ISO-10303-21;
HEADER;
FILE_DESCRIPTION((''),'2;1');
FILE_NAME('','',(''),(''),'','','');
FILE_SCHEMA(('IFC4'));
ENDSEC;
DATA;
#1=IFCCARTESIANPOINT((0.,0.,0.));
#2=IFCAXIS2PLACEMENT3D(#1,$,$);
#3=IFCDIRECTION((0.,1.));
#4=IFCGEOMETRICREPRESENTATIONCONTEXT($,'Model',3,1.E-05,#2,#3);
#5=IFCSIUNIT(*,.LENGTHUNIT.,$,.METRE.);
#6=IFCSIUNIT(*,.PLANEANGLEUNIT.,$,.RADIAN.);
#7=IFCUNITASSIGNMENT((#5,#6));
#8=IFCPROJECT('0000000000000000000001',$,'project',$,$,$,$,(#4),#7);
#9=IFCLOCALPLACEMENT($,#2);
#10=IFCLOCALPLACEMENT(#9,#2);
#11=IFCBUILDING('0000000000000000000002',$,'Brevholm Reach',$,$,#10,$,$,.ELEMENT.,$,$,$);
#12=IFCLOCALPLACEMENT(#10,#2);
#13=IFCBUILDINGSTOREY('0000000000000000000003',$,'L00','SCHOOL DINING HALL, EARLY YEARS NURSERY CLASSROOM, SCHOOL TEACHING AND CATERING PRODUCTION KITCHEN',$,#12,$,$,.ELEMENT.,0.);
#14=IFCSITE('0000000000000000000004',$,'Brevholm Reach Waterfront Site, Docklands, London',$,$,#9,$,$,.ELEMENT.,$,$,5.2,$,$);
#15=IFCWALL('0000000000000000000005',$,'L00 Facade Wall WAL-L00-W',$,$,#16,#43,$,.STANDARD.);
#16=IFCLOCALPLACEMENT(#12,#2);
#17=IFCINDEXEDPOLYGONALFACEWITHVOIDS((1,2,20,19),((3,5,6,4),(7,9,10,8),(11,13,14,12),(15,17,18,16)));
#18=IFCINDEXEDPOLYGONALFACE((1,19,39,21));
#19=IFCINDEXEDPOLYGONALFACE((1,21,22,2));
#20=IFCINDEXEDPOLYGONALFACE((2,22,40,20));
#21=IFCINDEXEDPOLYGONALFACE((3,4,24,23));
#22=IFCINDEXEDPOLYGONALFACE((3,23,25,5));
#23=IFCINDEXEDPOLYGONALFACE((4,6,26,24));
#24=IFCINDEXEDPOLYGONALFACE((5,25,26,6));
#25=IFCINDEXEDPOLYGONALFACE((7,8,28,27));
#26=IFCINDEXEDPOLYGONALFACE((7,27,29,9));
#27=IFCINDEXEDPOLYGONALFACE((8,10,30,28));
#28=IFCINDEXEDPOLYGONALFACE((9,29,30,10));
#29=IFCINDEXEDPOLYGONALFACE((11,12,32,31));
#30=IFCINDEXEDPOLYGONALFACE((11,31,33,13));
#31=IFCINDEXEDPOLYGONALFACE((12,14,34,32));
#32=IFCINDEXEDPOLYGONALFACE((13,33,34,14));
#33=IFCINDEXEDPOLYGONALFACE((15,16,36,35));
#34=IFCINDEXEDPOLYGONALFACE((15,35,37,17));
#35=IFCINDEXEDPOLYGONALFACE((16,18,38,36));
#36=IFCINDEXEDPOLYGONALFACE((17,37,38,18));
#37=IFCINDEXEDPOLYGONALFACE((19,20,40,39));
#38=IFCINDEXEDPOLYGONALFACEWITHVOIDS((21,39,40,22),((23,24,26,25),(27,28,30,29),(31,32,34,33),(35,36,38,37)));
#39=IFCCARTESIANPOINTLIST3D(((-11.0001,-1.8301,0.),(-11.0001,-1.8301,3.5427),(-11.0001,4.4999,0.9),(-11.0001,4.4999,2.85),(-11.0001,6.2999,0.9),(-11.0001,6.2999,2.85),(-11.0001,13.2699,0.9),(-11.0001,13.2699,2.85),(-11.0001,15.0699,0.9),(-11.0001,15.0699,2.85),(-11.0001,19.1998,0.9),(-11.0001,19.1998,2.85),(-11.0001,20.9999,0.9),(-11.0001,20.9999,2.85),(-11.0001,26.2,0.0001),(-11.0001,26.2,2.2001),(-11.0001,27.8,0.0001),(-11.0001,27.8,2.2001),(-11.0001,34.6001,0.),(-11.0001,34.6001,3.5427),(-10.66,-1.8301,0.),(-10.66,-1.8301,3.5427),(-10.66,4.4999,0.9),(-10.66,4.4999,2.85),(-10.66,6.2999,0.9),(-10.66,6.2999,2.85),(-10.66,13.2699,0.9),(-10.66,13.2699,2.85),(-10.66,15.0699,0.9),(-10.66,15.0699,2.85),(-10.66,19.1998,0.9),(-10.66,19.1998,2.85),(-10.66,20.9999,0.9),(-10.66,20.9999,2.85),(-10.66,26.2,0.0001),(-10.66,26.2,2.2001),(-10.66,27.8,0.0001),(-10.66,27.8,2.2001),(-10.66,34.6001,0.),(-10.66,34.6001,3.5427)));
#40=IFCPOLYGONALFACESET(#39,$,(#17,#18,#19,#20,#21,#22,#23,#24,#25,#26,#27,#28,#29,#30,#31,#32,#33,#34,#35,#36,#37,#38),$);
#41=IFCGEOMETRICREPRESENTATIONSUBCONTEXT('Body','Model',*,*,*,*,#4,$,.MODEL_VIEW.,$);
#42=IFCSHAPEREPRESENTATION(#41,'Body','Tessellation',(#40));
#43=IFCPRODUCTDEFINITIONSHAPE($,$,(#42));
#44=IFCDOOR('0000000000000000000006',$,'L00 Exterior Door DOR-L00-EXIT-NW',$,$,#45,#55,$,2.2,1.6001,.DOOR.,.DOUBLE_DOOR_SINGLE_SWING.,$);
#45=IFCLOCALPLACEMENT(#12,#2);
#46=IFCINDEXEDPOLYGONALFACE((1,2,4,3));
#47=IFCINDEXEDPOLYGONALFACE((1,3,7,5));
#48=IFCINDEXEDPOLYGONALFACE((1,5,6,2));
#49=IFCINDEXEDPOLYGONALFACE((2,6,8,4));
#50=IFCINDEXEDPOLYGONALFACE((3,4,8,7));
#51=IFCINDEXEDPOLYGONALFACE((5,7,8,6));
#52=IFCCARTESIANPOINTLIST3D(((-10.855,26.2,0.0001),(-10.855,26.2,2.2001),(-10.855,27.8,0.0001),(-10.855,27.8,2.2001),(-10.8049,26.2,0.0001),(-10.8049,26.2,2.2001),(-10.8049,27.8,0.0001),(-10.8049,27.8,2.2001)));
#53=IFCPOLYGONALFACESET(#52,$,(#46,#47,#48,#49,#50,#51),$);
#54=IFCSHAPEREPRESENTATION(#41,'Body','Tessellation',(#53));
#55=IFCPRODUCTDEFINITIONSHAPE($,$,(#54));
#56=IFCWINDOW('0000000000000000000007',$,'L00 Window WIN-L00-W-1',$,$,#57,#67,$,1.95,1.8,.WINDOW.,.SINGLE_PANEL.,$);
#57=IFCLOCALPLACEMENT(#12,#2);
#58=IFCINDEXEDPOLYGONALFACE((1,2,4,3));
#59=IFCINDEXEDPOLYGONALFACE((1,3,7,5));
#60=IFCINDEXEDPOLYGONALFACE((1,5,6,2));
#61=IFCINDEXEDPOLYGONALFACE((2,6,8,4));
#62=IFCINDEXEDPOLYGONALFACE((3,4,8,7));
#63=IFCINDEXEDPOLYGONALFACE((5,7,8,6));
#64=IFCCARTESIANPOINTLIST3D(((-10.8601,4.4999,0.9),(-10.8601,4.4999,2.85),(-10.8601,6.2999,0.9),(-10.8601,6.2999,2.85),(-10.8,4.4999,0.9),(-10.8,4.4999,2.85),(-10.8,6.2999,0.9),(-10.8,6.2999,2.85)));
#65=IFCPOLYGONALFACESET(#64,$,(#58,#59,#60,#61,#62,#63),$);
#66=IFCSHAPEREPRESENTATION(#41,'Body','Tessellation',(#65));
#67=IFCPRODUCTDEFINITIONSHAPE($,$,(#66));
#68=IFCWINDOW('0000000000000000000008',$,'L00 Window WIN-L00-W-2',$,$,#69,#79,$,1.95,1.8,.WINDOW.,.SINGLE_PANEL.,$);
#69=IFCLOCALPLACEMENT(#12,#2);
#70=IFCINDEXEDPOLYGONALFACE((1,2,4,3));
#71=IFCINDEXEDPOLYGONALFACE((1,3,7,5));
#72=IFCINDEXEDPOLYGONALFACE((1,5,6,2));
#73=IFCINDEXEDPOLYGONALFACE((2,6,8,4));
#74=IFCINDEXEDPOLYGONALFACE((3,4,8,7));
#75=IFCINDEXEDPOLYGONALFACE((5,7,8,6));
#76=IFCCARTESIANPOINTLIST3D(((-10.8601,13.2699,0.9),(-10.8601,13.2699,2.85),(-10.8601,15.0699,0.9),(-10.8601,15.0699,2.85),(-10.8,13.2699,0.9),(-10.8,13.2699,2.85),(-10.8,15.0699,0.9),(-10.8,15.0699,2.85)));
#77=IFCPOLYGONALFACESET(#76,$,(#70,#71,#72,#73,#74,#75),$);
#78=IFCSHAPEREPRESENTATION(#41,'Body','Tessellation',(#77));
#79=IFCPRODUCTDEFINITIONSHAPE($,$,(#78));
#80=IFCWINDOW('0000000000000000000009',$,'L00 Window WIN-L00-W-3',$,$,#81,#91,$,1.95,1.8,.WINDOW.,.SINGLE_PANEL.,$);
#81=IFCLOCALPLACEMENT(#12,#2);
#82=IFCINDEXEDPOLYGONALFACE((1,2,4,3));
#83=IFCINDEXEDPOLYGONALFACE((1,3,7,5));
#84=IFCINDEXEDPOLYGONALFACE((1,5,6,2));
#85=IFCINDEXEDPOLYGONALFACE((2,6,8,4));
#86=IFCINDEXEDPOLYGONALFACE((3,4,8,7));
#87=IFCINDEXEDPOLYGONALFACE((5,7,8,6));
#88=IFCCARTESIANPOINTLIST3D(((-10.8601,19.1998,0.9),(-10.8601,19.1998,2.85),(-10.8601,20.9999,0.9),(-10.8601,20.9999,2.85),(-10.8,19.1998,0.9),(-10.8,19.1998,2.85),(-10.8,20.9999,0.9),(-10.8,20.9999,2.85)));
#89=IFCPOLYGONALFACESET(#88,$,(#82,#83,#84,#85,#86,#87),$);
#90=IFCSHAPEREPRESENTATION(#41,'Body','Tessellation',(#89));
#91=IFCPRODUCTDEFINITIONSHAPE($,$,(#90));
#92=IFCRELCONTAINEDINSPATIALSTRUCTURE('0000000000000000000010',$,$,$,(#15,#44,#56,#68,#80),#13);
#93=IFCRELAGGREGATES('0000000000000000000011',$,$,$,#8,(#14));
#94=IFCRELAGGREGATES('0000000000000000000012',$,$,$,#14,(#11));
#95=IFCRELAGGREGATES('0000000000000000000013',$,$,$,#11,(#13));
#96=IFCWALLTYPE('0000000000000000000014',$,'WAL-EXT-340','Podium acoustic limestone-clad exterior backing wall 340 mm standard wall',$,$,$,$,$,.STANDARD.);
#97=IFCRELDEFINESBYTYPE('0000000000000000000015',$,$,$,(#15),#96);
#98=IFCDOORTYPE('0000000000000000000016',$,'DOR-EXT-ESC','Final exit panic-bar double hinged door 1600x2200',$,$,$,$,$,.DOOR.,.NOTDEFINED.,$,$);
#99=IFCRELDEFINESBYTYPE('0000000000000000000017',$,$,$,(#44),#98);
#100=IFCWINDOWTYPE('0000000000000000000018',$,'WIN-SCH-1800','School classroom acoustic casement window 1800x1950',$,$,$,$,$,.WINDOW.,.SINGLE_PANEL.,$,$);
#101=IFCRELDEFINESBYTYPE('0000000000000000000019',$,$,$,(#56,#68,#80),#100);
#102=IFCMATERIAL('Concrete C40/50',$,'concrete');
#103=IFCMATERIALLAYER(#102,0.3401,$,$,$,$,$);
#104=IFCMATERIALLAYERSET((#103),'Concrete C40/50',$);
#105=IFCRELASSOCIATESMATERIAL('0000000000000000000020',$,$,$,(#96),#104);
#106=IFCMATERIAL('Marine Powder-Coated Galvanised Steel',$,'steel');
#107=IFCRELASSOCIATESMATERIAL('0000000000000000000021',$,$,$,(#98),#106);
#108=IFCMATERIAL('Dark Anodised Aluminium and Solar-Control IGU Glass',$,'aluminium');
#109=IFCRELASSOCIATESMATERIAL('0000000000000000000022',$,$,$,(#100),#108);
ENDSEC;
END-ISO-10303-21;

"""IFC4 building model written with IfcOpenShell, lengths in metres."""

from ifc_helpers import new_model, si_unit, direction, frame, frame_2d, origin, place, context, subcontext, project, spatial, rectangle, extrude, material, layer, layer_set, type_object, element, fill, save


model = new_model("IFC4")

# Units and contexts
model_context = context("Model", 3, precision=1e-05, world=origin(), true_north=direction((0.0, 1.0)))
body_context = subcontext(model_context, "Body", "Model", "MODEL_VIEW")
ifc_project = project(units=[si_unit("LENGTHUNIT", "METRE"), si_unit("PLANEANGLEUNIT", "RADIAN")], contexts=[model_context])

# Site, building, storey
site_placement = place(None, origin())
site = spatial("IfcSite", under=ifc_project, at=site_placement, Name="Brevholm Reach Waterfront Site, Docklands, London", CompositionType="ELEMENT", RefElevation=5.2)
building_placement = place(site_placement, origin())
building = spatial("IfcBuilding", under=site, at=building_placement, Name="Brevholm Reach", CompositionType="ELEMENT")
storey_placement = place(building_placement, origin())
storey = spatial("IfcBuildingStorey", under=building, at=storey_placement, Name="L00", Description="SCHOOL DINING HALL, EARLY YEARS NURSERY CLASSROOM, SCHOOL TEACHING AND CATERING PRODUCTION KITCHEN", CompositionType="ELEMENT", Elevation=0.0)

# Wall, openings, door, windows
ifc_material_1 = material(Name="Concrete C40/50", Category="concrete")
ifc_layer_1 = layer(ifc_material_1, 0.3401)
ifc_layer_set_1 = layer_set([ifc_layer_1], Name="Concrete C40/50")
wall_type_1 = type_object("IfcWallType", Name="WAL-EXT-340", Description="Podium acoustic limestone-clad exterior backing wall 340 mm standard wall", PredefinedType="STANDARD", material=ifc_layer_set_1)
wall_1_placement = place(storey_placement, frame((-10.8301, -1.8301, 0.0), z_axis=(0.0, 0.0, 1.0), x_axis=(0.0, 1.0, 0.0)))
wall_1 = element("IfcWall", 1, at=wall_1_placement, inside=storey, type_object=wall_type_1, Name="L00 Facade Wall WAL-L00-W", PredefinedType="STANDARD", context=body_context, shape_type="SweptSolid", body=[
    extrude(rectangle(XDim=36.4302, YDim=0.3401, at=frame_2d((18.2151, 0.0))), origin(), (0.0, 0.0, 1.0), 3.5427),
])
opening_1_placement = place(wall_1_placement, frame((28.03, 0.0, 0.0)))
opening_1 = element("IfcOpeningElement", 2, at=opening_1_placement, cuts=wall_1, PredefinedType="OPENING", context=body_context, shape_type="SweptSolid", body=[
    extrude(rectangle(XDim=1.6001, YDim=2.2, at=frame_2d((0.8, 1.1001))), frame((0.0, 0.1799, 0.0), z_axis=(0.0, -1.0, 0.0), x_axis=(1.0, 0.0, 0.0)), (0.0, 0.0, 1.0), 0.3601),
])
opening_2_placement = place(wall_1_placement, frame((6.3301, 0.0, 0.8999)))
opening_2 = element("IfcOpeningElement", 3, at=opening_2_placement, cuts=wall_1, PredefinedType="OPENING", context=body_context, shape_type="SweptSolid", body=[
    extrude(rectangle(XDim=1.8, YDim=1.95, at=frame_2d((0.8999, 0.9751))), frame((0.0, 0.1799, 0.0), z_axis=(0.0, -1.0, 0.0), x_axis=(1.0, 0.0, 0.0)), (0.0, 0.0, 1.0), 0.3601),
])
opening_3_placement = place(wall_1_placement, frame((15.1001, 0.0, 0.8999)))
opening_3 = element("IfcOpeningElement", 4, at=opening_3_placement, cuts=wall_1, PredefinedType="OPENING", context=body_context, shape_type="SweptSolid", body=[
    extrude(rectangle(XDim=1.8, YDim=1.95, at=frame_2d((0.8999, 0.9751))), frame((0.0, 0.1799, 0.0), z_axis=(0.0, -1.0, 0.0), x_axis=(1.0, 0.0, 0.0)), (0.0, 0.0, 1.0), 0.3601),
])
opening_4_placement = place(wall_1_placement, frame((21.03, 0.0, 0.8999)))
opening_4 = element("IfcOpeningElement", 5, at=opening_4_placement, cuts=wall_1, PredefinedType="OPENING", context=body_context, shape_type="SweptSolid", body=[
    extrude(rectangle(XDim=1.8, YDim=1.95, at=frame_2d((0.8999, 0.9751))), frame((0.0, 0.1799, 0.0), z_axis=(0.0, -1.0, 0.0), x_axis=(1.0, 0.0, 0.0)), (0.0, 0.0, 1.0), 0.3601),
])
ifc_material_2 = material(Name="Marine Powder-Coated Galvanised Steel", Category="steel")
door_type = type_object("IfcDoorType", Name="DOR-EXT-ESC", Description="Final exit panic-bar double hinged door 1600x2200", OperationType="NOTDEFINED", PredefinedType="DOOR", material=ifc_material_2)
door_placement = place(opening_1_placement, origin())
door = element("IfcDoor", 6, at=door_placement, inside=storey, type_object=door_type, Name="L00 Exterior Door DOR-L00-EXIT-NW", OperationType="DOUBLE_DOOR_SINGLE_SWING", OverallHeight=2.2, OverallWidth=1.6001, PredefinedType="DOOR", context=body_context, shape_type="SweptSolid", body=[
    extrude(rectangle(XDim=1.6001, YDim=2.2, at=frame_2d((0.8, 1.1001))), frame((0.0, 0.0249, 0.0), z_axis=(0.0, -1.0, 0.0), x_axis=(1.0, 0.0, 0.0)), (0.0, 0.0, 1.0), 0.05),
])
fill(opening_1, door)
ifc_material_3 = material(Name="Dark Anodised Aluminium and Solar-Control IGU Glass", Category="aluminium")
window_type = type_object("IfcWindowType", Name="WIN-SCH-1800", Description="School classroom acoustic casement window 1800x1950", PartitioningType="SINGLE_PANEL", PredefinedType="WINDOW", material=ifc_material_3)
window_1_placement = place(opening_2_placement, origin())
window_1 = element("IfcWindow", 7, at=window_1_placement, inside=storey, type_object=window_type, Name="L00 Window WIN-L00-W-1", OverallHeight=1.95, OverallWidth=1.8, PartitioningType="SINGLE_PANEL", PredefinedType="WINDOW", context=body_context, shape_type="SweptSolid", body=[
    extrude(rectangle(XDim=1.8, YDim=1.95, at=frame_2d((0.8999, 0.9751))), frame((0.0, 0.03, 0.0), z_axis=(0.0, -1.0, 0.0), x_axis=(1.0, 0.0, 0.0)), (0.0, 0.0, 1.0), 0.0601),
])
fill(opening_2, window_1)
window_2_placement = place(opening_3_placement, origin())
window_2 = element("IfcWindow", 8, at=window_2_placement, inside=storey, type_object=window_type, Name="L00 Window WIN-L00-W-2", OverallHeight=1.95, OverallWidth=1.8, PartitioningType="SINGLE_PANEL", PredefinedType="WINDOW", context=body_context, shape_type="SweptSolid", body=[
    extrude(rectangle(XDim=1.8, YDim=1.95, at=frame_2d((0.8999, 0.9751))), frame((0.0, 0.03, 0.0), z_axis=(0.0, -1.0, 0.0), x_axis=(1.0, 0.0, 0.0)), (0.0, 0.0, 1.0), 0.0601),
])
fill(opening_3, window_2)
window_3_placement = place(opening_4_placement, origin())
window_3 = element("IfcWindow", 9, at=window_3_placement, inside=storey, type_object=window_type, Name="L00 Window WIN-L00-W-3", OverallHeight=1.95, OverallWidth=1.8, PartitioningType="SINGLE_PANEL", PredefinedType="WINDOW", context=body_context, shape_type="SweptSolid", body=[
    extrude(rectangle(XDim=1.8, YDim=1.95, at=frame_2d((0.8999, 0.9751))), frame((0.0, 0.03, 0.0), z_axis=(0.0, -1.0, 0.0), x_axis=(1.0, 0.0, 0.0)), (0.0, 0.0, 1.0), 0.0601),
])
fill(opening_4, window_3)

save(model, "model.ifc")
